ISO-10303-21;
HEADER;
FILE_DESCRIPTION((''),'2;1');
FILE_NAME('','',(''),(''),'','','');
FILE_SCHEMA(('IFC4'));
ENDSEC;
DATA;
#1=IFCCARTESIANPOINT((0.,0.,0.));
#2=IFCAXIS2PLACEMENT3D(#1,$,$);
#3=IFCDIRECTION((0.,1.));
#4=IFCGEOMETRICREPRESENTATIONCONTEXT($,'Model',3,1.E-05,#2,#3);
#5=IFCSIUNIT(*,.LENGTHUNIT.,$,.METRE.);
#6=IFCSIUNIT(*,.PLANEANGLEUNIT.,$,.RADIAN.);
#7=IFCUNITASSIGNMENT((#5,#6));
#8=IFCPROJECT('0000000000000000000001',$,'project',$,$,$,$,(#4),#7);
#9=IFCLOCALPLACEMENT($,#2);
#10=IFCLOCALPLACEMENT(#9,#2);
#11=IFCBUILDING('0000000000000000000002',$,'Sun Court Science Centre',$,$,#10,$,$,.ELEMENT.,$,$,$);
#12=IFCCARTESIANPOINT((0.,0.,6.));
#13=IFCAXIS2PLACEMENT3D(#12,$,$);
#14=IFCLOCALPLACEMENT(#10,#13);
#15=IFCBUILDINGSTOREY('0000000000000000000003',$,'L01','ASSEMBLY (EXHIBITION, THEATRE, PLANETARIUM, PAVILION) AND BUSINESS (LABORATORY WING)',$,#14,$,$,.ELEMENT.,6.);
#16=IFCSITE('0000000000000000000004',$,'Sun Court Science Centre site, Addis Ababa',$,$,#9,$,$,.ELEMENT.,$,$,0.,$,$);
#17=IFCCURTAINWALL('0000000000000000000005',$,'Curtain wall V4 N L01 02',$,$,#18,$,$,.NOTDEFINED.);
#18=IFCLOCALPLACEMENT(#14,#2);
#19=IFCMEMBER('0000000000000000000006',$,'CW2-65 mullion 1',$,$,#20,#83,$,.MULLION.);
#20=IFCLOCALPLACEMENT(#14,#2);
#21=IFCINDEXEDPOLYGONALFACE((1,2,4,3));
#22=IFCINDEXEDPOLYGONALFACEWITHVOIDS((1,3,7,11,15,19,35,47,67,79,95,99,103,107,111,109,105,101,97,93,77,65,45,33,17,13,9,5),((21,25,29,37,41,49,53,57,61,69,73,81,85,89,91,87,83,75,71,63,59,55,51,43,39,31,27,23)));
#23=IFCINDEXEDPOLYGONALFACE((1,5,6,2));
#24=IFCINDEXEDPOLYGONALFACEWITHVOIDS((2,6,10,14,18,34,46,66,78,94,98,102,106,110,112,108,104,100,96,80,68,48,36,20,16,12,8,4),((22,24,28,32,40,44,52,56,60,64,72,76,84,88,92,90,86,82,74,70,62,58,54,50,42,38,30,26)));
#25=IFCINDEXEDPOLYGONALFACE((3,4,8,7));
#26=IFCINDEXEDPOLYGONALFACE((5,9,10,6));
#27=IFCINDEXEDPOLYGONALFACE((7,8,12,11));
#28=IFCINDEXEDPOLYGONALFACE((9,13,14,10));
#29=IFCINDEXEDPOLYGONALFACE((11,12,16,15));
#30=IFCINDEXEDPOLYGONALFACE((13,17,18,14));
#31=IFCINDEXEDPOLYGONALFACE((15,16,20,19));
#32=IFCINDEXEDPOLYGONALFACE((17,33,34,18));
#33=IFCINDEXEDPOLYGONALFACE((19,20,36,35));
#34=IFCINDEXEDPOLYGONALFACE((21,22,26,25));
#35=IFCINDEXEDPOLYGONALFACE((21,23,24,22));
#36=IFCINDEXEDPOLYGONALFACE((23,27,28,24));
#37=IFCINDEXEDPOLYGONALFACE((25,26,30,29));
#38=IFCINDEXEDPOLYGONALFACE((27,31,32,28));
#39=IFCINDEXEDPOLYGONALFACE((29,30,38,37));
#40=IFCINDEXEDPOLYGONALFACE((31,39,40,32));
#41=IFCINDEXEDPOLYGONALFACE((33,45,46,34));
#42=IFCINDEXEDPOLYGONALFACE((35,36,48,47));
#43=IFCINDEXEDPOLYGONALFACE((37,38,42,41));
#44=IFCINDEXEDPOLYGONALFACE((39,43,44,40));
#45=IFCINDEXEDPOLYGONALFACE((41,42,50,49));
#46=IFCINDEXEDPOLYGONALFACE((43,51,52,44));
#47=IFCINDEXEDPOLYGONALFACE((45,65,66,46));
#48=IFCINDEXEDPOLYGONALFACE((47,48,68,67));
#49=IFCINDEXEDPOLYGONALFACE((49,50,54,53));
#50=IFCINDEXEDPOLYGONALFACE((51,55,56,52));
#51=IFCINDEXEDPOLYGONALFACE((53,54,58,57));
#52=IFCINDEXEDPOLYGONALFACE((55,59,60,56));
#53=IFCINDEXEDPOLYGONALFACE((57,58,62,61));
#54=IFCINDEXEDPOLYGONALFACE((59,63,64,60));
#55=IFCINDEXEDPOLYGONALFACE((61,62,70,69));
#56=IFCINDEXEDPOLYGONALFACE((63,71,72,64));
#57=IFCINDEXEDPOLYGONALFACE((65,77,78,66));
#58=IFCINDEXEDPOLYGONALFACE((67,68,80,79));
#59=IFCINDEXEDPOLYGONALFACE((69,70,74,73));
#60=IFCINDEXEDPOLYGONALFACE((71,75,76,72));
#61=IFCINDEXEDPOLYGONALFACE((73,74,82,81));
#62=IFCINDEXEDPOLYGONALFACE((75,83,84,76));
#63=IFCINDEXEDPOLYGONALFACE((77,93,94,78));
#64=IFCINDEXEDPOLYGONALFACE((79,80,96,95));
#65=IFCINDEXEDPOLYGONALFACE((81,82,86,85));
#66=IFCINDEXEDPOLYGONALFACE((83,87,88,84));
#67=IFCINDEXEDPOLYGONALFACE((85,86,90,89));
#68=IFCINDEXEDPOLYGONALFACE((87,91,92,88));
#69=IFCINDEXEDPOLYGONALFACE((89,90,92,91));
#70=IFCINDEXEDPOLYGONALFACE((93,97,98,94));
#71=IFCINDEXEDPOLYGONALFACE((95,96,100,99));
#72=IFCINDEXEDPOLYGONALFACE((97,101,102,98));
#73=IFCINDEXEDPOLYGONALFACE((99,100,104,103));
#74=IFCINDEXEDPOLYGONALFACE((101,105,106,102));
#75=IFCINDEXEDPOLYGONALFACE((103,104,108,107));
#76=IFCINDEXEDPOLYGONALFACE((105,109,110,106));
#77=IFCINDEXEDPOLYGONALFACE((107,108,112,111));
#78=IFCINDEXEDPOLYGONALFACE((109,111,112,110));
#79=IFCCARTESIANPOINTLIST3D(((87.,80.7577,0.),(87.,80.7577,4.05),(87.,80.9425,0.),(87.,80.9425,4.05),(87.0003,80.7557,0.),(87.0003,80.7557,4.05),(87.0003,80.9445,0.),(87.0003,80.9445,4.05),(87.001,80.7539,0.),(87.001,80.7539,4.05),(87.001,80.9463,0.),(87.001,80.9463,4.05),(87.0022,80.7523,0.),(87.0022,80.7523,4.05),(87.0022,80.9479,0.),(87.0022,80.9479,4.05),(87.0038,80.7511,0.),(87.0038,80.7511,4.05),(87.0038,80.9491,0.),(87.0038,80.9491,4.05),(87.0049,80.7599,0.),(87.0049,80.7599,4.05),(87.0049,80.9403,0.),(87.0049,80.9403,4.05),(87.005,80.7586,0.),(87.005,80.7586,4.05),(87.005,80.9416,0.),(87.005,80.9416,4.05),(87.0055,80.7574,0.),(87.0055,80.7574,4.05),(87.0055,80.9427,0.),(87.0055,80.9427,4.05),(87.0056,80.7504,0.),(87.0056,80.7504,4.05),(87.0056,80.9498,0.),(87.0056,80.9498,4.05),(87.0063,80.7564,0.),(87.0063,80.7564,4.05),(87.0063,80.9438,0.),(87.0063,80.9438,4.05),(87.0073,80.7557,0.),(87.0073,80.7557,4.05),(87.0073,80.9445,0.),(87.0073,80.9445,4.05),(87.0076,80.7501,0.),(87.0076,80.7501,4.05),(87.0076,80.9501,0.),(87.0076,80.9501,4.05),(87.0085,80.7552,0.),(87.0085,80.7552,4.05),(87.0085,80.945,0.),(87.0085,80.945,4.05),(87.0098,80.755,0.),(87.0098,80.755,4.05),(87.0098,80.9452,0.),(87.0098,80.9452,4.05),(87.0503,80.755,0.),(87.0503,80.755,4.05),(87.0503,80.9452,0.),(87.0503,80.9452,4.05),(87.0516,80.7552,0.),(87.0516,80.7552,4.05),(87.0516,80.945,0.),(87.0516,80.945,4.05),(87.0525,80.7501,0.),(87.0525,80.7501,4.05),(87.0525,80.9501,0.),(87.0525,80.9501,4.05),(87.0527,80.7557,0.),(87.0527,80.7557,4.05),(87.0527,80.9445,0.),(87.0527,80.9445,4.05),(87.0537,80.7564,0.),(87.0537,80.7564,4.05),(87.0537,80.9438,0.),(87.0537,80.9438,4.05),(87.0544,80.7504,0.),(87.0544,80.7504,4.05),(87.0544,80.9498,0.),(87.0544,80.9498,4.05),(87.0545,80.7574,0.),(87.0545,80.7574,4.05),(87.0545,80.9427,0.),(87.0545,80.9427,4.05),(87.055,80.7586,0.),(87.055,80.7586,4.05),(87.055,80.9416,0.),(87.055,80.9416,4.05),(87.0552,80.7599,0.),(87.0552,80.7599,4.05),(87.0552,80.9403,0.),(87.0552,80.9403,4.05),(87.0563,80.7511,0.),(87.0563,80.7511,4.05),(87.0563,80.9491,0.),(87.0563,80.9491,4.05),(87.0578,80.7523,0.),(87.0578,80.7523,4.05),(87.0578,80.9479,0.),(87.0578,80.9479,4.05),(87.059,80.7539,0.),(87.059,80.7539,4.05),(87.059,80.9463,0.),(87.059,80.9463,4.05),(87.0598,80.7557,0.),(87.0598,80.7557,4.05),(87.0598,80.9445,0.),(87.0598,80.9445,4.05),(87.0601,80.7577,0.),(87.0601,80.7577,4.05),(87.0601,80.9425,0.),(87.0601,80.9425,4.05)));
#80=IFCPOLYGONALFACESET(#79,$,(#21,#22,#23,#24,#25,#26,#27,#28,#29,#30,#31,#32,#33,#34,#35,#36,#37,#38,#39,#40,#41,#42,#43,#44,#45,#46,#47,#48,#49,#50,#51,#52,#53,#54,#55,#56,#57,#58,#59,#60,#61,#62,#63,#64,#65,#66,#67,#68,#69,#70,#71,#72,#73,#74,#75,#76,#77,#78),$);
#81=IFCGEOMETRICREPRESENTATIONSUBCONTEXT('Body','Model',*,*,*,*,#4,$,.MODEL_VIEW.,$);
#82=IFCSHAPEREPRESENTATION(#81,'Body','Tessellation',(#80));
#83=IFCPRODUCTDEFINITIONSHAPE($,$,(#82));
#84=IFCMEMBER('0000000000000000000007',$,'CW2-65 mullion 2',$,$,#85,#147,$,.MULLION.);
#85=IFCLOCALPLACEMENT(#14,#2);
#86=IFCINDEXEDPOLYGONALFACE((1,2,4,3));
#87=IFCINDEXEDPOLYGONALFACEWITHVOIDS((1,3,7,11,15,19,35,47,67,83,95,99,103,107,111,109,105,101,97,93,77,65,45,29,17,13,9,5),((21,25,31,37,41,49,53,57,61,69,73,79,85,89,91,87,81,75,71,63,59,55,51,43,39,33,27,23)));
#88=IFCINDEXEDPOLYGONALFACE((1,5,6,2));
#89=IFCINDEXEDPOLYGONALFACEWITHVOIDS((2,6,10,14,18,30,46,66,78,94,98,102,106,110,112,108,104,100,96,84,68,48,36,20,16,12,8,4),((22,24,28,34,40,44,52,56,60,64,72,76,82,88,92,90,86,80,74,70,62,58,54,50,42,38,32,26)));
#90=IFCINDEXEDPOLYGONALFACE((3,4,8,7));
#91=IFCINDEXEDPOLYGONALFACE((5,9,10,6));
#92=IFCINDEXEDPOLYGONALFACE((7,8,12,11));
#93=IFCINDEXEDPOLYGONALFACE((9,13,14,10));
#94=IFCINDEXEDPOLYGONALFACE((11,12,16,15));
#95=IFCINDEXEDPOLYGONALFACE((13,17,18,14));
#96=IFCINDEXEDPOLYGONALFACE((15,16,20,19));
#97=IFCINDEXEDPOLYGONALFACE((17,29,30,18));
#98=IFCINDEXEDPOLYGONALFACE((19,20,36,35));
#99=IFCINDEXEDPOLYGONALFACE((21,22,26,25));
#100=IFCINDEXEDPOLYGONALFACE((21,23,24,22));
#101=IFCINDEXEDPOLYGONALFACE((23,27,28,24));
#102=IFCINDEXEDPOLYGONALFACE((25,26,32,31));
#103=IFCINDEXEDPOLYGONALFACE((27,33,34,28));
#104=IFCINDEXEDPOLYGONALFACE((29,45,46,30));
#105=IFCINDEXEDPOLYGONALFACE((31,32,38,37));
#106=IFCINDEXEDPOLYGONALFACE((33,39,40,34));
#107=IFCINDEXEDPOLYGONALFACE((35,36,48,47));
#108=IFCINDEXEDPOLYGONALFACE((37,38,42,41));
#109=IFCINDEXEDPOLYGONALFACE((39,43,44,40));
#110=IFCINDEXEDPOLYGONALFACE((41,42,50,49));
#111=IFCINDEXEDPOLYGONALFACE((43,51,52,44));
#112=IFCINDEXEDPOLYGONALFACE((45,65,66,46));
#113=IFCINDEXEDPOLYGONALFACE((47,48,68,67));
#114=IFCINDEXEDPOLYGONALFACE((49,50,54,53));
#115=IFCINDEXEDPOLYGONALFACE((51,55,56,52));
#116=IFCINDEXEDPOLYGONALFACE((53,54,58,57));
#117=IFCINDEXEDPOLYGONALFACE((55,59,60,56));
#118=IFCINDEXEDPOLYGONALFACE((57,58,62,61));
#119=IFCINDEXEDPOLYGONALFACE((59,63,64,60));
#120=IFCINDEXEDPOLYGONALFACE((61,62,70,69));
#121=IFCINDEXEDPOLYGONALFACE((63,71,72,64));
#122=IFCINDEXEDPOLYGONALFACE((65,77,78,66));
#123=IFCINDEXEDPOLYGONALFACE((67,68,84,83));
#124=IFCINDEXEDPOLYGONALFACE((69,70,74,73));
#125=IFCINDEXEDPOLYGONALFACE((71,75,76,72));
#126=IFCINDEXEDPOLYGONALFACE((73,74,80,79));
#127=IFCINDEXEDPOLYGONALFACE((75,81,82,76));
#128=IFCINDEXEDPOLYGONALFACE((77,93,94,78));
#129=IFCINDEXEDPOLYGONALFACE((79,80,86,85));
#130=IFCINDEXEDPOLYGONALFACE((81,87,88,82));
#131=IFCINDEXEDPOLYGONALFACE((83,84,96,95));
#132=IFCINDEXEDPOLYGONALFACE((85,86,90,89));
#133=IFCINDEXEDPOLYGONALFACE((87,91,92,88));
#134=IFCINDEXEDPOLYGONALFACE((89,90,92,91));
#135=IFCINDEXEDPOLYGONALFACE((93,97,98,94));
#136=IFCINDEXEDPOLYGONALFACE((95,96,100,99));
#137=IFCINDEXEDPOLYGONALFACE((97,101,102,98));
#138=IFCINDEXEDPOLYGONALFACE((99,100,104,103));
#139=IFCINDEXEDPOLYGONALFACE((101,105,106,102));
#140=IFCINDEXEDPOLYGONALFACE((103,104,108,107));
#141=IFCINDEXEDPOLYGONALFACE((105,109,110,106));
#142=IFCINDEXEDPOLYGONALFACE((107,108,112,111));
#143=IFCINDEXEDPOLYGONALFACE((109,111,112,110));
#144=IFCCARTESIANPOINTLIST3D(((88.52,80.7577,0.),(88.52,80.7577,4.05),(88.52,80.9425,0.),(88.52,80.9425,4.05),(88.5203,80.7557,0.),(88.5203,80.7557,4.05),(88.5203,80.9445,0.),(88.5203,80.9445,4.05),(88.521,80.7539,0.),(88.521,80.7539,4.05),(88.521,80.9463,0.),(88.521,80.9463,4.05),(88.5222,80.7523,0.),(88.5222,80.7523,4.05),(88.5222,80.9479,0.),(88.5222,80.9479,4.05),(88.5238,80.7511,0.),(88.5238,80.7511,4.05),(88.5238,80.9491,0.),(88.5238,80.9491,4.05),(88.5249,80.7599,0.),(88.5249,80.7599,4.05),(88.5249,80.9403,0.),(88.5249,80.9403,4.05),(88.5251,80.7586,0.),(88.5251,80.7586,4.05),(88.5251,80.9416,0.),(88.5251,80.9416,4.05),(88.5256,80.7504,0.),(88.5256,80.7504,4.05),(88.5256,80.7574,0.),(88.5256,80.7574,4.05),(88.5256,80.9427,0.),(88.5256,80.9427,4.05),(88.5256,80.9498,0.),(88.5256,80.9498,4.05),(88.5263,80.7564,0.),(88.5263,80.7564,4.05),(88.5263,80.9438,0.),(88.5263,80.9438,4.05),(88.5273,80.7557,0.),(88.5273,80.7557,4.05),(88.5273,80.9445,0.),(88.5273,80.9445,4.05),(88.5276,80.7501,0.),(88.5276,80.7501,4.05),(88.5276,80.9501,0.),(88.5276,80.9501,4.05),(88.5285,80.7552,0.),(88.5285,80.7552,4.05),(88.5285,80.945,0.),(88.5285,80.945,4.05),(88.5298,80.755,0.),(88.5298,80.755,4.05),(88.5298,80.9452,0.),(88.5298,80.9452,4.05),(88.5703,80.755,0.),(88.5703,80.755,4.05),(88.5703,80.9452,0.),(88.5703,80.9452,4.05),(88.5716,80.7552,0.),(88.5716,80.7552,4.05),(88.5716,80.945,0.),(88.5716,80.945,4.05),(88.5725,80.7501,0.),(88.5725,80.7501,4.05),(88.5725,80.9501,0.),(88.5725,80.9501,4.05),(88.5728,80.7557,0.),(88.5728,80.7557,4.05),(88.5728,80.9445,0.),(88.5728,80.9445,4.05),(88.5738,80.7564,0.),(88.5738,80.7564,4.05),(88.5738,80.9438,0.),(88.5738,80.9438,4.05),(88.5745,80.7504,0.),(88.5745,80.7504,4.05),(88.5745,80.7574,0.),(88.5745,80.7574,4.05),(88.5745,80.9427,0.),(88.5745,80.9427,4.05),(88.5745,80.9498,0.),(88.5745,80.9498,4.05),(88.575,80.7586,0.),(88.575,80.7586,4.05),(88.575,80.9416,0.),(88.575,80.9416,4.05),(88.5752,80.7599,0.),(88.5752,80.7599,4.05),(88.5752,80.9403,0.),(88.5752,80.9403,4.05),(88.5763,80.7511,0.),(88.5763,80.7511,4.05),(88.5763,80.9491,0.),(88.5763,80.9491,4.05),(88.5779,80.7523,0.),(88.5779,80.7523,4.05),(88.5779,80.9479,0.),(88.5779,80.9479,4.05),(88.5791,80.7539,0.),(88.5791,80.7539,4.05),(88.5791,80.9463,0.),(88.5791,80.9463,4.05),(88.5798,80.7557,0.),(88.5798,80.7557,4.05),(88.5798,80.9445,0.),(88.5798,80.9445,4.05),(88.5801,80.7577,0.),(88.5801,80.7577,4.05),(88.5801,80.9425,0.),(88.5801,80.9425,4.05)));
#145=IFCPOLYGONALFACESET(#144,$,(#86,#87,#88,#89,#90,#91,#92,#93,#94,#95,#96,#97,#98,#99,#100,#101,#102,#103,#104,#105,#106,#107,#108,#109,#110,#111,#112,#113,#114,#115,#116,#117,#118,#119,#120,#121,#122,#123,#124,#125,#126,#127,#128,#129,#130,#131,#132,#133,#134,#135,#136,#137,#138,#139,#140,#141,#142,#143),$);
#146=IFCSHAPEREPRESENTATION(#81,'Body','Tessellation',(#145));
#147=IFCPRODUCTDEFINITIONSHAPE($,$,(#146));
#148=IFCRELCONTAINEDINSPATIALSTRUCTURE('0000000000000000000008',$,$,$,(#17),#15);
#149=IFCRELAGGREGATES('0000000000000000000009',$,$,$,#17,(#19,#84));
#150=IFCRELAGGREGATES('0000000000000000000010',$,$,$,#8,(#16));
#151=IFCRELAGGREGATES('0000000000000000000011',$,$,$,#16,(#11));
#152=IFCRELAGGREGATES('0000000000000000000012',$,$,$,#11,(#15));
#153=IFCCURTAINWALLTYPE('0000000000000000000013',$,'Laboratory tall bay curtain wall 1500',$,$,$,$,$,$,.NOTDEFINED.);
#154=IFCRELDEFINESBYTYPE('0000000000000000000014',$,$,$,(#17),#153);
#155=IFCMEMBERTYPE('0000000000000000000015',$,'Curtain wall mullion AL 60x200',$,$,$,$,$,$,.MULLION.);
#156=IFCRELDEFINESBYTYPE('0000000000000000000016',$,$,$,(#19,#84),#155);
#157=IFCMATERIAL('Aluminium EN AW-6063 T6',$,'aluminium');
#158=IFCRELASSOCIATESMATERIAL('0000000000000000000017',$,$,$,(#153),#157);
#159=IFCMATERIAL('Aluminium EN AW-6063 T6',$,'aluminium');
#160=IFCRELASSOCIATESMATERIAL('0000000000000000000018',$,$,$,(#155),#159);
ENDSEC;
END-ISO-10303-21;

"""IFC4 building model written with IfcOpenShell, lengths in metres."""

from ifc_helpers import new_model, si_unit, direction, frame, origin, origin_2d, place, context, subcontext, project, spatial, hollow_rectangle, extrude, material, material_profile, profile_set, type_object, element, aggregate, save


model = new_model("IFC4")

# Units and contexts
model_context = context("Model", 3, precision=1e-05, world=origin(), true_north=direction((0.0, 1.0)))
body_context = subcontext(model_context, "Body", "Model", "MODEL_VIEW")
ifc_project = project(units=[si_unit("LENGTHUNIT", "METRE"), si_unit("PLANEANGLEUNIT", "RADIAN")], contexts=[model_context])

# Site, building, storey
site_placement = place(None, origin())
site = spatial("IfcSite", under=ifc_project, at=site_placement, Name="Sun Court Science Centre site, Addis Ababa", CompositionType="ELEMENT", RefElevation=0.0)
building_placement = place(site_placement, origin())
building = spatial("IfcBuilding", under=site, at=building_placement, Name="Sun Court Science Centre", CompositionType="ELEMENT")
storey_placement = place(building_placement, frame((0.0, 0.0, 6.0)))
storey = spatial("IfcBuildingStorey", under=building, at=storey_placement, Name="L01", Description="ASSEMBLY (EXHIBITION, THEATRE, PLANETARIUM, PAVILION) AND BUSINESS (LABORATORY WING)", CompositionType="ELEMENT", Elevation=6.0)

# Curtain wall, members
ifc_material_1 = material(Name="Aluminium EN AW-6063 T6", Category="aluminium")
curtain_wall_type = type_object("IfcCurtainWallType", Name="Laboratory tall bay curtain wall 1500", PredefinedType="NOTDEFINED", material=ifc_material_1)
curtain_wall_placement = place(storey_placement, origin())
curtain_wall = element("IfcCurtainWall", 1, at=curtain_wall_placement, inside=storey, type_object=curtain_wall_type, Name="Curtain wall V4 N L01 02", PredefinedType="NOTDEFINED")
ifc_material_2 = material(Name="Aluminium EN AW-6063 T6", Category="aluminium")
ifc_material_profile_1 = material_profile(ifc_material_2, hollow_rectangle(XDim=0.0601, YDim=0.2, WallThickness=0.0049, InnerFilletRadius=0.0049, OuterFilletRadius=0.0076, at=origin_2d()), Name="AL 60x200x5")
ifc_profile_set_1 = profile_set([ifc_material_profile_1], Name="Aluminium EN AW-6063 T6")
member_type_1 = type_object("IfcMemberType", Name="Curtain wall mullion AL 60x200", PredefinedType="MULLION", material=ifc_profile_set_1)
member_1_placement = place(storey_placement, frame((87.03, 80.8501, 0.0), z_axis=(0.0, 0.0, 1.0), x_axis=(1.0, 0.0, 0.0)))
member_1 = element("IfcMember", 2, at=member_1_placement, type_object=member_type_1, Name="CW2-65 mullion 1", PredefinedType="MULLION", context=body_context, shape_type="SweptSolid", body=[
    extrude(hollow_rectangle(XDim=0.0601, YDim=0.2, WallThickness=0.0049, InnerFilletRadius=0.0049, OuterFilletRadius=0.0076, at=origin_2d()), origin(), (0.0, 0.0, 1.0), 4.05),
])
member_2_placement = place(storey_placement, frame((88.55, 80.8501, 0.0), z_axis=(0.0, 0.0, 1.0), x_axis=(1.0, 0.0, 0.0)))
member_2 = element("IfcMember", 3, at=member_2_placement, type_object=member_type_1, Name="CW2-65 mullion 2", PredefinedType="MULLION", context=body_context, shape_type="SweptSolid", body=[
    extrude(hollow_rectangle(XDim=0.0601, YDim=0.2, WallThickness=0.0049, InnerFilletRadius=0.0049, OuterFilletRadius=0.0076, at=origin_2d()), origin(), (0.0, 0.0, 1.0), 4.05),
])

aggregate(curtain_wall, [member_1, member_2])

save(model, "model.ifc")
